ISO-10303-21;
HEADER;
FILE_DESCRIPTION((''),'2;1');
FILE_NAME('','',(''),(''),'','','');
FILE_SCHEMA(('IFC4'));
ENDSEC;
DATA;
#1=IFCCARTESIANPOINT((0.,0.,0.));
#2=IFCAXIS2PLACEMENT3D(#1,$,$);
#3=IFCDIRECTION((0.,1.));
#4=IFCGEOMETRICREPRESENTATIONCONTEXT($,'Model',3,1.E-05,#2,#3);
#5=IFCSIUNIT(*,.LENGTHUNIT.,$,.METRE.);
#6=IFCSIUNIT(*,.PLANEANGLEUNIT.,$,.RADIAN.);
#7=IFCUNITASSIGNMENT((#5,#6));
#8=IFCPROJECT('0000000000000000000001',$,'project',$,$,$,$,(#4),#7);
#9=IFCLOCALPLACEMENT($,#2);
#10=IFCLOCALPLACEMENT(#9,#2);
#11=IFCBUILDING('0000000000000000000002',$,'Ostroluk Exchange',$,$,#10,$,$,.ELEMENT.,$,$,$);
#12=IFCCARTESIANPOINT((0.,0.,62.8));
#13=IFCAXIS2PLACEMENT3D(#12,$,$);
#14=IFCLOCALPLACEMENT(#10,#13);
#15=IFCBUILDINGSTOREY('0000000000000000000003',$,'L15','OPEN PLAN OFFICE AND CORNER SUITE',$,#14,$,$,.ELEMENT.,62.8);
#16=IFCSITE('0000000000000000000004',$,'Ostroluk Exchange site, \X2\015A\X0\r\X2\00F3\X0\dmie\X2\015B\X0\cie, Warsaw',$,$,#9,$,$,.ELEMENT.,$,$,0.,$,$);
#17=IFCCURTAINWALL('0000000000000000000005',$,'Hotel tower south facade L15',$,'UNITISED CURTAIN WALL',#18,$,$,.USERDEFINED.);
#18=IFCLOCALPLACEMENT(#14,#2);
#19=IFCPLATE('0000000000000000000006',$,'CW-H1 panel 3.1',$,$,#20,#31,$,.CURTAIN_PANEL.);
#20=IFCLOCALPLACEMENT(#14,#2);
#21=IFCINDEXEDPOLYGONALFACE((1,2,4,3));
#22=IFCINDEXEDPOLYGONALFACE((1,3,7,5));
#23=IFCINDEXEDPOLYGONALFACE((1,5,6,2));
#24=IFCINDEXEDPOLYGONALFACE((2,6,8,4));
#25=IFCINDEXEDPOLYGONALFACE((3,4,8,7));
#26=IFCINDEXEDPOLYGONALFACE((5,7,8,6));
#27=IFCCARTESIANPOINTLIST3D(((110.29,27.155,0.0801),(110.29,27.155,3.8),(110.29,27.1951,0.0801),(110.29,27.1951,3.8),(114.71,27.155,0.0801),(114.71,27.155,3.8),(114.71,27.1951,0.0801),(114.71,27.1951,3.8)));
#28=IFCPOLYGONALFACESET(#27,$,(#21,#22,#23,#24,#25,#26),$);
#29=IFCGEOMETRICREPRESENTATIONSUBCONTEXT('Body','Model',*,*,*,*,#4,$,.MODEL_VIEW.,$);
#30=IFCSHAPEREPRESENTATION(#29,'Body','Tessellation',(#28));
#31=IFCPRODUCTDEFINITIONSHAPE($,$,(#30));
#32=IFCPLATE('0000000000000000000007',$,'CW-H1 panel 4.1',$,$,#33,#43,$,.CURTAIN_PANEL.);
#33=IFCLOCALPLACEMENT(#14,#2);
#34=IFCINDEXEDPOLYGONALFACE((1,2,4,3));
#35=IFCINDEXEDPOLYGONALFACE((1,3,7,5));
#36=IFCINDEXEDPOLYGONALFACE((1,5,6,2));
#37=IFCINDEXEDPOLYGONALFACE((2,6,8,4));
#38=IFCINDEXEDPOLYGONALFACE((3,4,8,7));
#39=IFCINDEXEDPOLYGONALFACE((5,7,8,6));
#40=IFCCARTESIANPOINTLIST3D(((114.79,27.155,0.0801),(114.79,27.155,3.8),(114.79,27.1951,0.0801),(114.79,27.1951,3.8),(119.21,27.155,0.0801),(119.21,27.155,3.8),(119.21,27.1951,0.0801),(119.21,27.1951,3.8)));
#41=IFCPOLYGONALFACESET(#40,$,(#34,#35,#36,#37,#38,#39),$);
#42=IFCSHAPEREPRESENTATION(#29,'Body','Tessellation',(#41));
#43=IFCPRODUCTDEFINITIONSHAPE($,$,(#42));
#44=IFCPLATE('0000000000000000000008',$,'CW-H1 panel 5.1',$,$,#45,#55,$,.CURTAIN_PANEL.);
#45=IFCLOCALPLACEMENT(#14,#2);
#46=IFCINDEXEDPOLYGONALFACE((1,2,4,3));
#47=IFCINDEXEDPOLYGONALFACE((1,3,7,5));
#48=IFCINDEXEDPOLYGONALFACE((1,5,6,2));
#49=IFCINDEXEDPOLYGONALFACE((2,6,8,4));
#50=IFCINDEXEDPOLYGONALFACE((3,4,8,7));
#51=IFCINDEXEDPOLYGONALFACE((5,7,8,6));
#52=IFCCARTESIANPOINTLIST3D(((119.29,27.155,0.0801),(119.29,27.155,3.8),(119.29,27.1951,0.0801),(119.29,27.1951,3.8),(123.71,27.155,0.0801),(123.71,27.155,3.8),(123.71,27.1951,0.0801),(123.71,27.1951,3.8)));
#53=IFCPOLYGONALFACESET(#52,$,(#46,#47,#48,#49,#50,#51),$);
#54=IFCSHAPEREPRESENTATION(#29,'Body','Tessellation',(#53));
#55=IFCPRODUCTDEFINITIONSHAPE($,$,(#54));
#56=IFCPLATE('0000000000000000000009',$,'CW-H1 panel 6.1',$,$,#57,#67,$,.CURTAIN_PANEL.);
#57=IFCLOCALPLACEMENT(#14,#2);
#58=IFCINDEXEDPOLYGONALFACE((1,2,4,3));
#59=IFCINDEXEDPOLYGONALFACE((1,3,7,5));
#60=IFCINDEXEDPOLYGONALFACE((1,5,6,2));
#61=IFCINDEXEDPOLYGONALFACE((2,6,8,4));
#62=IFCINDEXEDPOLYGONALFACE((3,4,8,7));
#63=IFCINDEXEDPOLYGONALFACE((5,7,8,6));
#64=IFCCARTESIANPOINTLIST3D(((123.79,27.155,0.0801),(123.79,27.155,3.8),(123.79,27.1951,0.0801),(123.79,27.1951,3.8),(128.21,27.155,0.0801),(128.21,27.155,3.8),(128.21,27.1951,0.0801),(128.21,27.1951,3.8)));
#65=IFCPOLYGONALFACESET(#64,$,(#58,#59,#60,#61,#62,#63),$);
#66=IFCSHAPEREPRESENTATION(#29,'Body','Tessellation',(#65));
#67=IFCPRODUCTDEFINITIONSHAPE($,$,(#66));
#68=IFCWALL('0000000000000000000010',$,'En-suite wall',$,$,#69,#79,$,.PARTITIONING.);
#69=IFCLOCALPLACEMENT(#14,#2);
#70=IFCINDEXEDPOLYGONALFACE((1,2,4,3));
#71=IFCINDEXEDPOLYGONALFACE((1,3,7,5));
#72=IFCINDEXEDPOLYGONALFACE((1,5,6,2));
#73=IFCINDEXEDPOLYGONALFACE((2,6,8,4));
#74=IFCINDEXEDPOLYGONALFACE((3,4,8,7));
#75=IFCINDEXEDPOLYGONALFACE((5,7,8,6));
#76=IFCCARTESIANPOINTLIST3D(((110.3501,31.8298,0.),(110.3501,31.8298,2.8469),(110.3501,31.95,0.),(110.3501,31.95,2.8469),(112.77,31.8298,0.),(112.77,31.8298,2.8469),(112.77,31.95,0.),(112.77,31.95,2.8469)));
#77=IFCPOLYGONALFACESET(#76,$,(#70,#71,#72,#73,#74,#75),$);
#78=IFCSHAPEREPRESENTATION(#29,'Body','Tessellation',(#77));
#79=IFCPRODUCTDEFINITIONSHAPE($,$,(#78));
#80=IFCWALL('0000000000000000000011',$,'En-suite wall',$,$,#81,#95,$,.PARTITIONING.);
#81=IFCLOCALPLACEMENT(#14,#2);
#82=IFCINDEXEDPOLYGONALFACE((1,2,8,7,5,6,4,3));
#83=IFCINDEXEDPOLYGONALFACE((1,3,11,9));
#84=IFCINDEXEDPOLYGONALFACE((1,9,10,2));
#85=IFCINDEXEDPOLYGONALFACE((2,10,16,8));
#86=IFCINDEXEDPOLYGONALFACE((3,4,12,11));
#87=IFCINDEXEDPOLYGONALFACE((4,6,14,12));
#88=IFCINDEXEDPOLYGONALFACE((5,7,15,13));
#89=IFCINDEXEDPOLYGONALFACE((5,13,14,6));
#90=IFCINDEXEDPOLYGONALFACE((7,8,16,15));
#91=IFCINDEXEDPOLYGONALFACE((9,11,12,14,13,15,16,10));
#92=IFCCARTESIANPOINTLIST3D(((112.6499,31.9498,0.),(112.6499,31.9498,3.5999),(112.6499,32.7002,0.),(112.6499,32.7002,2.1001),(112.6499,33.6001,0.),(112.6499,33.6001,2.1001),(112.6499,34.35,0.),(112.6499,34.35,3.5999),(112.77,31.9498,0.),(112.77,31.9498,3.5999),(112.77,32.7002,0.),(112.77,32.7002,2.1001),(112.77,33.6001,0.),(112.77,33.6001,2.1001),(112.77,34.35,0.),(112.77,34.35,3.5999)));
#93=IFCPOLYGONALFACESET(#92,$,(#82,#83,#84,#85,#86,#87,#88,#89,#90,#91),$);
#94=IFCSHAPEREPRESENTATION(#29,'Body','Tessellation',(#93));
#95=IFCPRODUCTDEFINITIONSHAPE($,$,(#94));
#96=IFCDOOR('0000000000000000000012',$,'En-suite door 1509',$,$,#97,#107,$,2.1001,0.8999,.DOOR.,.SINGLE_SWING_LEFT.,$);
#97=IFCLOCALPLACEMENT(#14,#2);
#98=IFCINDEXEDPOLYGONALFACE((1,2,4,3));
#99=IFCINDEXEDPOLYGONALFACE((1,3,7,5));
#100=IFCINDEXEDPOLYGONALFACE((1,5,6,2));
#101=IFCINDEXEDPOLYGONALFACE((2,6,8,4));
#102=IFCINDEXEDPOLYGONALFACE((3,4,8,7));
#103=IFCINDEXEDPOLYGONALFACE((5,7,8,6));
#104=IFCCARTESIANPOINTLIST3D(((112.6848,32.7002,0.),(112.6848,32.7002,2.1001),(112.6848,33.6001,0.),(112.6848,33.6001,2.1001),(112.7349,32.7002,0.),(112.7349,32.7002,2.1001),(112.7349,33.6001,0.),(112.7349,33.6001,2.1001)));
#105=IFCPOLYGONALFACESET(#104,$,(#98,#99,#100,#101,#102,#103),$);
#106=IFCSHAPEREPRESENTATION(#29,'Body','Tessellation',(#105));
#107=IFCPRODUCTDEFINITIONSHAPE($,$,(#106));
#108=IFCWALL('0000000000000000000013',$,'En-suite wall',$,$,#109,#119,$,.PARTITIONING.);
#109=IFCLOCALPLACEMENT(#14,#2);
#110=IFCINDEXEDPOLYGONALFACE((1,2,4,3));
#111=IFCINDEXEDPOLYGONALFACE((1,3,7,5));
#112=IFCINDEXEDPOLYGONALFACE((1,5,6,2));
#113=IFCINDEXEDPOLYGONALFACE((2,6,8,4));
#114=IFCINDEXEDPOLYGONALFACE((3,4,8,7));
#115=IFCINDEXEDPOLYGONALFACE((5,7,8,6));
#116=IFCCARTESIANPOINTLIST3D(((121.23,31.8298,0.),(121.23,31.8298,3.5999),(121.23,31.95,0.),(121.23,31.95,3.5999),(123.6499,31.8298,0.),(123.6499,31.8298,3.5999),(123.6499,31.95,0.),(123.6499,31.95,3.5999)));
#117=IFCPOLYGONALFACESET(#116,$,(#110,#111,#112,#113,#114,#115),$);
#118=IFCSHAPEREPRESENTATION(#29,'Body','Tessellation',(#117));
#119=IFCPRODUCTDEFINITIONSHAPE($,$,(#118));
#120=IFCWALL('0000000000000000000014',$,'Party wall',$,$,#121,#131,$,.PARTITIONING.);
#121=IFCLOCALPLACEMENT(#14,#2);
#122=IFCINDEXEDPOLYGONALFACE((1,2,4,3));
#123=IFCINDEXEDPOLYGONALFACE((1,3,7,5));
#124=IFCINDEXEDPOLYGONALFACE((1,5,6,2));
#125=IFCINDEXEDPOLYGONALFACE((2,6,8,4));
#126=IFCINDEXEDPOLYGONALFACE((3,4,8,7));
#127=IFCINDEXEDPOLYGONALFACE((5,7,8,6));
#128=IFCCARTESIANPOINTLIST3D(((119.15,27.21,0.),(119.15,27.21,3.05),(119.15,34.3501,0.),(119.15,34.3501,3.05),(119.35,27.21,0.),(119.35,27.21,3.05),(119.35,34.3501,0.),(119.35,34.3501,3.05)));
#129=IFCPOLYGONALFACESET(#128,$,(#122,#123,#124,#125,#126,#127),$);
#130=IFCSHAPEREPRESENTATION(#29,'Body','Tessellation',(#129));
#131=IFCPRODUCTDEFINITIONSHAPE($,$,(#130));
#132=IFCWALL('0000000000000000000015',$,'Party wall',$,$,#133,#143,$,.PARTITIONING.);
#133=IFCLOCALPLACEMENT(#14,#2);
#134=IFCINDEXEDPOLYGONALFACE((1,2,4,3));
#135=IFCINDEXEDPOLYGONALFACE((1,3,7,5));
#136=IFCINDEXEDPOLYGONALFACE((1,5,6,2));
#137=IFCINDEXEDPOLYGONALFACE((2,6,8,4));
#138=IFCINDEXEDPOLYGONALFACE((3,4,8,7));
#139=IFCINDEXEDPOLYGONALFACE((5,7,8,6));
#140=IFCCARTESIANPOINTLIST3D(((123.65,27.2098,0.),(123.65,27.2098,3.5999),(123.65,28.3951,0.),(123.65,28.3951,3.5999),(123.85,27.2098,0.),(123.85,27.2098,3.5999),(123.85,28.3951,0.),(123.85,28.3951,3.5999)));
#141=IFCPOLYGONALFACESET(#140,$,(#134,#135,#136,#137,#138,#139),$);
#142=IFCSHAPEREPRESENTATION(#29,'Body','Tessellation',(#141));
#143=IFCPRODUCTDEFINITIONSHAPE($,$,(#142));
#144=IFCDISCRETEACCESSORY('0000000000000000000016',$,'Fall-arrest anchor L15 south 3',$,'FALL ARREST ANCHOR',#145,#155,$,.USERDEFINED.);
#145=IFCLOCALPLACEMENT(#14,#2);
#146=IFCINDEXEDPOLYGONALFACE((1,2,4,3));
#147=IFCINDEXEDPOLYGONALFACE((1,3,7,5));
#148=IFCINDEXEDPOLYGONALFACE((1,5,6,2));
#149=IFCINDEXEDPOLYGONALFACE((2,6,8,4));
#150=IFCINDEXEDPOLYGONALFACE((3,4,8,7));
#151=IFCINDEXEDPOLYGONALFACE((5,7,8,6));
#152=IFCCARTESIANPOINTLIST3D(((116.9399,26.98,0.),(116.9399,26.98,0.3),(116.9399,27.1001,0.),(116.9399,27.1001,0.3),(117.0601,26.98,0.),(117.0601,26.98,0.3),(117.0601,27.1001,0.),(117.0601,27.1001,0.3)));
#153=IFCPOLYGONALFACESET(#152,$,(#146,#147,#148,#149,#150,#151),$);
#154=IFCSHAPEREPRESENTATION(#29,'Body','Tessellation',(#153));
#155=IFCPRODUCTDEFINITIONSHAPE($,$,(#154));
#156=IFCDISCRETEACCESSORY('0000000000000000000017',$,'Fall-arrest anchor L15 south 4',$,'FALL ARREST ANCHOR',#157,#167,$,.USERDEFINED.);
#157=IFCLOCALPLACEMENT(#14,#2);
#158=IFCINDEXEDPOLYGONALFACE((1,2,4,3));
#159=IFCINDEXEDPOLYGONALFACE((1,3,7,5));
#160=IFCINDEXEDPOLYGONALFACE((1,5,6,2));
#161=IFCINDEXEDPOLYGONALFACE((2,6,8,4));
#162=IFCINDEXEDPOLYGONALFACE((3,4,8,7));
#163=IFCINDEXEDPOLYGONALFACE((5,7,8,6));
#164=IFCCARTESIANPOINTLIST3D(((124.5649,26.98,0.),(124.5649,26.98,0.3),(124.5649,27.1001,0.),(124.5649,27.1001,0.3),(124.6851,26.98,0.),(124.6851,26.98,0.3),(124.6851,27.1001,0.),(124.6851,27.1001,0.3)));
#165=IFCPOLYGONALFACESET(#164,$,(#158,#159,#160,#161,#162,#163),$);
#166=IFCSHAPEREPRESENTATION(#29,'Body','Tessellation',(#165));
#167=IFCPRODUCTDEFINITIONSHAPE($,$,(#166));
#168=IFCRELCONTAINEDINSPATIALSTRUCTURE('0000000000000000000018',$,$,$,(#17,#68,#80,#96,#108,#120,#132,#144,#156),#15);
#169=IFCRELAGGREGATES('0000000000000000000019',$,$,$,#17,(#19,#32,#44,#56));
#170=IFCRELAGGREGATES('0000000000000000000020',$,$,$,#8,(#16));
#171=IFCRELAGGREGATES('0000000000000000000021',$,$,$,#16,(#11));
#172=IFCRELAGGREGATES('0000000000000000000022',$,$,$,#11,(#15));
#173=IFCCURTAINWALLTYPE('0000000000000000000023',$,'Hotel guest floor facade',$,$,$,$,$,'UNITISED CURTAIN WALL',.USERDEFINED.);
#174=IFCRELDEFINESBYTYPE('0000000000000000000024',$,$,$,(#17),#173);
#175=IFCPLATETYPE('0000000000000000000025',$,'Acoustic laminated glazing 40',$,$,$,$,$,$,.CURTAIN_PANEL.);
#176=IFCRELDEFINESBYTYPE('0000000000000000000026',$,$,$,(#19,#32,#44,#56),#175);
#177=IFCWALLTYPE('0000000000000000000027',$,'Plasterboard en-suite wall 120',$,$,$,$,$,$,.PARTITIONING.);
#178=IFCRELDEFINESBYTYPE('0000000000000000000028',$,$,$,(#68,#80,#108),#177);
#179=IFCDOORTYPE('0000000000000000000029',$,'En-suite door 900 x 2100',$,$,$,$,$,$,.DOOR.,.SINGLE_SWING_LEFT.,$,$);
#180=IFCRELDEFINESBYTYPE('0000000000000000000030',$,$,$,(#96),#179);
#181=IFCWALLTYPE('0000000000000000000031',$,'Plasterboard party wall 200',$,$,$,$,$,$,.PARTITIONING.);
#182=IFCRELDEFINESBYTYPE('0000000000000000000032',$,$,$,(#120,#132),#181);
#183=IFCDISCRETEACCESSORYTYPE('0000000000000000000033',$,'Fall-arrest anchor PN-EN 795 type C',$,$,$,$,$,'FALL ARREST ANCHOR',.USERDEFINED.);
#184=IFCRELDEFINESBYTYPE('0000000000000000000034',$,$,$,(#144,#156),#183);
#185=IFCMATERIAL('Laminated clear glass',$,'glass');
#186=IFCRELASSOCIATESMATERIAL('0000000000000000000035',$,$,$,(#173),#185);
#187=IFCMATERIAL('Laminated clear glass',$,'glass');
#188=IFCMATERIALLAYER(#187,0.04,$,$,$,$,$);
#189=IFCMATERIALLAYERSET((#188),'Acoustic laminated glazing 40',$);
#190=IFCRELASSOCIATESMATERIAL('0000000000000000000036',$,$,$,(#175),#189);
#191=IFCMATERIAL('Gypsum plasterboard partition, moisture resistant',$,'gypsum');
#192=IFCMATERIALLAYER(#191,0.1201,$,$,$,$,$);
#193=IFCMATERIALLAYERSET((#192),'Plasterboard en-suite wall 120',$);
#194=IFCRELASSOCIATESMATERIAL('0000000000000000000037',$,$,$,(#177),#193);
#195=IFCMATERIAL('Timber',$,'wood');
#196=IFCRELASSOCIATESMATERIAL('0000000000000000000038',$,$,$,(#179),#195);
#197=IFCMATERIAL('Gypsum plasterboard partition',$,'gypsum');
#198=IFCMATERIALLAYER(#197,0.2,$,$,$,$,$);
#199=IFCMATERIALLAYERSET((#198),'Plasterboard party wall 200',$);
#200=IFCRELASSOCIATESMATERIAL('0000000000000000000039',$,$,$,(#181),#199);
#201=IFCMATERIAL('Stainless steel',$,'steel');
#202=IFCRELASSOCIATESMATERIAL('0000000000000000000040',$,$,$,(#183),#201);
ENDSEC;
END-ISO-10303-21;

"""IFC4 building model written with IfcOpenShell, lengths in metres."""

from ifc_helpers import new_model, si_unit, direction, frame, frame_2d, origin, origin_2d, place, context, subcontext, project, spatial, rectangle, extrude, material, layer, layer_set, type_object, element, fill, aggregate, save


model = new_model("IFC4")

# Units and contexts
model_context = context("Model", 3, precision=1e-05, world=origin(), true_north=direction((0.0, 1.0)))
body_context = subcontext(model_context, "Body", "Model", "MODEL_VIEW")
ifc_project = project(units=[si_unit("LENGTHUNIT", "METRE"), si_unit("PLANEANGLEUNIT", "RADIAN")], contexts=[model_context])

# Site, building, storey
site_placement = place(None, origin())
site = spatial("IfcSite", under=ifc_project, at=site_placement, Name="Ostroluk Exchange site, Śródmieście, Warsaw", CompositionType="ELEMENT", RefElevation=0.0)
building_placement = place(site_placement, origin())
building = spatial("IfcBuilding", under=site, at=building_placement, Name="Ostroluk Exchange", CompositionType="ELEMENT")
storey_placement = place(building_placement, frame((0.0, 0.0, 62.8)))
storey = spatial("IfcBuildingStorey", under=building, at=storey_placement, Name="L15", Description="OPEN PLAN OFFICE AND CORNER SUITE", CompositionType="ELEMENT", Elevation=62.8)

# Curtain wall, plates
ifc_material_1 = material(Name="Laminated clear glass", Category="glass")
curtain_wall_type = type_object("IfcCurtainWallType", Name="Hotel guest floor facade", ElementType="UNITISED CURTAIN WALL", PredefinedType="USERDEFINED", material=ifc_material_1)
curtain_wall_placement = place(storey_placement, origin())
curtain_wall = element("IfcCurtainWall", 1, at=curtain_wall_placement, inside=storey, type_object=curtain_wall_type, Name="Hotel tower south facade L15", ObjectType="UNITISED CURTAIN WALL", PredefinedType="USERDEFINED")
ifc_material_2 = material(Name="Laminated clear glass", Category="glass")
ifc_layer_1 = layer(ifc_material_2, 0.04)
ifc_layer_set_1 = layer_set([ifc_layer_1], Name="Acoustic laminated glazing 40")
plate_type = type_object("IfcPlateType", Name="Acoustic laminated glazing 40", PredefinedType="CURTAIN_PANEL", material=ifc_layer_set_1)
plate_1_placement = place(storey_placement, frame((112.5, 27.175, 0.0801), z_axis=(0.0, 0.0, 1.0), x_axis=(1.0, 0.0, 0.0)))
plate_1 = element("IfcPlate", 2, at=plate_1_placement, type_object=plate_type, Name="CW-H1 panel 3.1", PredefinedType="CURTAIN_PANEL", context=body_context, shape_type="SweptSolid", body=[
    extrude(rectangle(XDim=4.4199, YDim=0.04, at=origin_2d()), origin(), (0.0, 0.0, 1.0), 3.72),
])
plate_2_placement = place(storey_placement, frame((117.0, 27.175, 0.0801), z_axis=(0.0, 0.0, 1.0), x_axis=(1.0, 0.0, 0.0)))
plate_2 = element("IfcPlate", 3, at=plate_2_placement, type_object=plate_type, Name="CW-H1 panel 4.1", PredefinedType="CURTAIN_PANEL", context=body_context, shape_type="SweptSolid", body=[
    extrude(rectangle(XDim=4.4199, YDim=0.04, at=origin_2d()), origin(), (0.0, 0.0, 1.0), 3.72),
])
plate_3_placement = place(storey_placement, frame((121.5, 27.175, 0.0801), z_axis=(0.0, 0.0, 1.0), x_axis=(1.0, 0.0, 0.0)))
plate_3 = element("IfcPlate", 4, at=plate_3_placement, type_object=plate_type, Name="CW-H1 panel 5.1", PredefinedType="CURTAIN_PANEL", context=body_context, shape_type="SweptSolid", body=[
    extrude(rectangle(XDim=4.4199, YDim=0.04, at=origin_2d()), origin(), (0.0, 0.0, 1.0), 3.72),
])
plate_4_placement = place(storey_placement, frame((126.0, 27.175, 0.0801), z_axis=(0.0, 0.0, 1.0), x_axis=(1.0, 0.0, 0.0)))
plate_4 = element("IfcPlate", 5, at=plate_4_placement, type_object=plate_type, Name="CW-H1 panel 6.1", PredefinedType="CURTAIN_PANEL", context=body_context, shape_type="SweptSolid", body=[
    extrude(rectangle(XDim=4.4199, YDim=0.04, at=origin_2d()), origin(), (0.0, 0.0, 1.0), 3.72),
])
aggregate(curtain_wall, [plate_1, plate_2, plate_3, plate_4])

# Wall
ifc_material_3 = material(Name="Gypsum plasterboard partition, moisture resistant", Category="gypsum")
ifc_layer_2 = layer(ifc_material_3, 0.1201)
ifc_layer_set_2 = layer_set([ifc_layer_2], Name="Plasterboard en-suite wall 120")
wall_type_1 = type_object("IfcWallType", Name="Plasterboard en-suite wall 120", PredefinedType="PARTITIONING", material=ifc_layer_set_2)
wall_1_placement = place(storey_placement, frame((110.3501, 31.8899, 0.0), z_axis=(0.0, 0.0, 1.0), x_axis=(1.0, 0.0, 0.0)))
element("IfcWall", 6, at=wall_1_placement, inside=storey, type_object=wall_type_1, Name="En-suite wall", PredefinedType="PARTITIONING", context=body_context, shape_type="SweptSolid", body=[
    extrude(rectangle(XDim=2.4199, YDim=0.1201, at=frame_2d((1.21, 0.0))), origin(), (0.0, 0.0, 1.0), 2.8469),
])

# Wall, opening, door
wall_2_placement = place(storey_placement, frame((112.71, 34.3501, 0.0), z_axis=(0.0, 0.0, 1.0), x_axis=(0.0, -1.0, 0.0)))
wall_2 = element("IfcWall", 7, at=wall_2_placement, inside=storey, type_object=wall_type_1, Name="En-suite wall", PredefinedType="PARTITIONING", context=body_context, shape_type="SweptSolid", body=[
    extrude(rectangle(XDim=2.4001, YDim=0.1201, at=frame_2d((1.2002, 0.0))), origin(), (0.0, 0.0, 1.0), 3.5999),
])
opening_placement = place(wall_2_placement, frame((0.75, 0.0, 0.0)))
opening = element("IfcOpeningElement", 8, at=opening_placement, cuts=wall_2, PredefinedType="OPENING", context=body_context, shape_type="SweptSolid", body=[
    extrude(rectangle(XDim=0.8999, YDim=2.1001, at=frame_2d((0.45, 1.05))), frame((0.0, 0.0701, 0.0), z_axis=(0.0, -1.0, 0.0), x_axis=(1.0, 0.0, 0.0)), (0.0, 0.0, 1.0), 0.1401),
])
ifc_material_4 = material(Name="Timber", Category="wood")
door_type = type_object("IfcDoorType", Name="En-suite door 900 x 2100", OperationType="SINGLE_SWING_LEFT", PredefinedType="DOOR", material=ifc_material_4)
door_placement = place(opening_placement, origin())
door = element("IfcDoor", 9, at=door_placement, inside=storey, type_object=door_type, Name="En-suite door 1509", OperationType="SINGLE_SWING_LEFT", OverallHeight=2.1001, OverallWidth=0.8999, PredefinedType="DOOR", context=body_context, shape_type="SweptSolid", body=[
    extrude(rectangle(XDim=0.8999, YDim=2.1001, at=frame_2d((0.45, 1.05))), frame((0.0, 0.0249, 0.0), z_axis=(0.0, -1.0, 0.0), x_axis=(1.0, 0.0, 0.0)), (0.0, 0.0, 1.0), 0.05),
])
fill(opening, door)

# Walls
wall_3_placement = place(storey_placement, frame((121.23, 31.8899, 0.0), z_axis=(0.0, 0.0, 1.0), x_axis=(1.0, 0.0, 0.0)))
element("IfcWall", 10, at=wall_3_placement, inside=storey, type_object=wall_type_1, Name="En-suite wall", PredefinedType="PARTITIONING", context=body_context, shape_type="SweptSolid", body=[
    extrude(rectangle(XDim=2.4199, YDim=0.1201, at=frame_2d((1.21, 0.0))), origin(), (0.0, 0.0, 1.0), 3.5999),
])
ifc_material_5 = material(Name="Gypsum plasterboard partition", Category="gypsum")
ifc_layer_3 = layer(ifc_material_5, 0.2)
ifc_layer_set_3 = layer_set([ifc_layer_3], Name="Plasterboard party wall 200")
wall_type_2 = type_object("IfcWallType", Name="Plasterboard party wall 200", PredefinedType="PARTITIONING", material=ifc_layer_set_3)
wall_4_placement = place(storey_placement, frame((119.25, 34.3501, 0.0), z_axis=(0.0, 0.0, 1.0), x_axis=(0.0, -1.0, 0.0)))
element("IfcWall", 11, at=wall_4_placement, inside=storey, type_object=wall_type_2, Name="Party wall", PredefinedType="PARTITIONING", context=body_context, shape_type="SweptSolid", body=[
    extrude(rectangle(XDim=7.1401, YDim=0.2, at=frame_2d((3.5701, 0.0))), origin(), (0.0, 0.0, 1.0), 3.05),
])
wall_5_placement = place(storey_placement, frame((123.75, 28.3953, 0.0), z_axis=(0.0, 0.0, 1.0), x_axis=(0.0, -1.0, 0.0)))
element("IfcWall", 12, at=wall_5_placement, inside=storey, type_object=wall_type_2, Name="Party wall", PredefinedType="PARTITIONING", context=body_context, shape_type="SweptSolid", body=[
    extrude(rectangle(XDim=1.1853, YDim=0.2, at=frame_2d((0.5928, 0.0))), origin(), (0.0, 0.0, 1.0), 3.5999),
])

# Discrete accessories
ifc_material_6 = material(Name="Stainless steel", Category="steel")
discrete_accessory_type = type_object("IfcDiscreteAccessoryType", Name="Fall-arrest anchor PN-EN 795 type C", ElementType="FALL ARREST ANCHOR", PredefinedType="USERDEFINED", material=ifc_material_6)
for number, where, z_axis, x_axis, name in (
    (13, (117.0, 27.04, 0.0), (0.0, 0.0, 1.0), (1.0, 0.0, 0.0), "Fall-arrest anchor L15 south 3"),
    (14, (124.625, 27.04, 0.0), (0.0, 0.0, 1.0), (1.0, 0.0, 0.0), "Fall-arrest anchor L15 south 4"),
):
    element("IfcDiscreteAccessory", number, at=place(storey_placement, frame(where, z_axis=z_axis, x_axis=x_axis)), inside=storey, type_object=discrete_accessory_type, Name=name, ObjectType="FALL ARREST ANCHOR", PredefinedType="USERDEFINED", context=body_context, shape_type="SweptSolid", body=[
        extrude(rectangle(XDim=0.1201, YDim=0.1201, at=origin_2d()), origin(), (0.0, 0.0, 1.0), 0.3),
    ])

save(model, "model.ifc")
